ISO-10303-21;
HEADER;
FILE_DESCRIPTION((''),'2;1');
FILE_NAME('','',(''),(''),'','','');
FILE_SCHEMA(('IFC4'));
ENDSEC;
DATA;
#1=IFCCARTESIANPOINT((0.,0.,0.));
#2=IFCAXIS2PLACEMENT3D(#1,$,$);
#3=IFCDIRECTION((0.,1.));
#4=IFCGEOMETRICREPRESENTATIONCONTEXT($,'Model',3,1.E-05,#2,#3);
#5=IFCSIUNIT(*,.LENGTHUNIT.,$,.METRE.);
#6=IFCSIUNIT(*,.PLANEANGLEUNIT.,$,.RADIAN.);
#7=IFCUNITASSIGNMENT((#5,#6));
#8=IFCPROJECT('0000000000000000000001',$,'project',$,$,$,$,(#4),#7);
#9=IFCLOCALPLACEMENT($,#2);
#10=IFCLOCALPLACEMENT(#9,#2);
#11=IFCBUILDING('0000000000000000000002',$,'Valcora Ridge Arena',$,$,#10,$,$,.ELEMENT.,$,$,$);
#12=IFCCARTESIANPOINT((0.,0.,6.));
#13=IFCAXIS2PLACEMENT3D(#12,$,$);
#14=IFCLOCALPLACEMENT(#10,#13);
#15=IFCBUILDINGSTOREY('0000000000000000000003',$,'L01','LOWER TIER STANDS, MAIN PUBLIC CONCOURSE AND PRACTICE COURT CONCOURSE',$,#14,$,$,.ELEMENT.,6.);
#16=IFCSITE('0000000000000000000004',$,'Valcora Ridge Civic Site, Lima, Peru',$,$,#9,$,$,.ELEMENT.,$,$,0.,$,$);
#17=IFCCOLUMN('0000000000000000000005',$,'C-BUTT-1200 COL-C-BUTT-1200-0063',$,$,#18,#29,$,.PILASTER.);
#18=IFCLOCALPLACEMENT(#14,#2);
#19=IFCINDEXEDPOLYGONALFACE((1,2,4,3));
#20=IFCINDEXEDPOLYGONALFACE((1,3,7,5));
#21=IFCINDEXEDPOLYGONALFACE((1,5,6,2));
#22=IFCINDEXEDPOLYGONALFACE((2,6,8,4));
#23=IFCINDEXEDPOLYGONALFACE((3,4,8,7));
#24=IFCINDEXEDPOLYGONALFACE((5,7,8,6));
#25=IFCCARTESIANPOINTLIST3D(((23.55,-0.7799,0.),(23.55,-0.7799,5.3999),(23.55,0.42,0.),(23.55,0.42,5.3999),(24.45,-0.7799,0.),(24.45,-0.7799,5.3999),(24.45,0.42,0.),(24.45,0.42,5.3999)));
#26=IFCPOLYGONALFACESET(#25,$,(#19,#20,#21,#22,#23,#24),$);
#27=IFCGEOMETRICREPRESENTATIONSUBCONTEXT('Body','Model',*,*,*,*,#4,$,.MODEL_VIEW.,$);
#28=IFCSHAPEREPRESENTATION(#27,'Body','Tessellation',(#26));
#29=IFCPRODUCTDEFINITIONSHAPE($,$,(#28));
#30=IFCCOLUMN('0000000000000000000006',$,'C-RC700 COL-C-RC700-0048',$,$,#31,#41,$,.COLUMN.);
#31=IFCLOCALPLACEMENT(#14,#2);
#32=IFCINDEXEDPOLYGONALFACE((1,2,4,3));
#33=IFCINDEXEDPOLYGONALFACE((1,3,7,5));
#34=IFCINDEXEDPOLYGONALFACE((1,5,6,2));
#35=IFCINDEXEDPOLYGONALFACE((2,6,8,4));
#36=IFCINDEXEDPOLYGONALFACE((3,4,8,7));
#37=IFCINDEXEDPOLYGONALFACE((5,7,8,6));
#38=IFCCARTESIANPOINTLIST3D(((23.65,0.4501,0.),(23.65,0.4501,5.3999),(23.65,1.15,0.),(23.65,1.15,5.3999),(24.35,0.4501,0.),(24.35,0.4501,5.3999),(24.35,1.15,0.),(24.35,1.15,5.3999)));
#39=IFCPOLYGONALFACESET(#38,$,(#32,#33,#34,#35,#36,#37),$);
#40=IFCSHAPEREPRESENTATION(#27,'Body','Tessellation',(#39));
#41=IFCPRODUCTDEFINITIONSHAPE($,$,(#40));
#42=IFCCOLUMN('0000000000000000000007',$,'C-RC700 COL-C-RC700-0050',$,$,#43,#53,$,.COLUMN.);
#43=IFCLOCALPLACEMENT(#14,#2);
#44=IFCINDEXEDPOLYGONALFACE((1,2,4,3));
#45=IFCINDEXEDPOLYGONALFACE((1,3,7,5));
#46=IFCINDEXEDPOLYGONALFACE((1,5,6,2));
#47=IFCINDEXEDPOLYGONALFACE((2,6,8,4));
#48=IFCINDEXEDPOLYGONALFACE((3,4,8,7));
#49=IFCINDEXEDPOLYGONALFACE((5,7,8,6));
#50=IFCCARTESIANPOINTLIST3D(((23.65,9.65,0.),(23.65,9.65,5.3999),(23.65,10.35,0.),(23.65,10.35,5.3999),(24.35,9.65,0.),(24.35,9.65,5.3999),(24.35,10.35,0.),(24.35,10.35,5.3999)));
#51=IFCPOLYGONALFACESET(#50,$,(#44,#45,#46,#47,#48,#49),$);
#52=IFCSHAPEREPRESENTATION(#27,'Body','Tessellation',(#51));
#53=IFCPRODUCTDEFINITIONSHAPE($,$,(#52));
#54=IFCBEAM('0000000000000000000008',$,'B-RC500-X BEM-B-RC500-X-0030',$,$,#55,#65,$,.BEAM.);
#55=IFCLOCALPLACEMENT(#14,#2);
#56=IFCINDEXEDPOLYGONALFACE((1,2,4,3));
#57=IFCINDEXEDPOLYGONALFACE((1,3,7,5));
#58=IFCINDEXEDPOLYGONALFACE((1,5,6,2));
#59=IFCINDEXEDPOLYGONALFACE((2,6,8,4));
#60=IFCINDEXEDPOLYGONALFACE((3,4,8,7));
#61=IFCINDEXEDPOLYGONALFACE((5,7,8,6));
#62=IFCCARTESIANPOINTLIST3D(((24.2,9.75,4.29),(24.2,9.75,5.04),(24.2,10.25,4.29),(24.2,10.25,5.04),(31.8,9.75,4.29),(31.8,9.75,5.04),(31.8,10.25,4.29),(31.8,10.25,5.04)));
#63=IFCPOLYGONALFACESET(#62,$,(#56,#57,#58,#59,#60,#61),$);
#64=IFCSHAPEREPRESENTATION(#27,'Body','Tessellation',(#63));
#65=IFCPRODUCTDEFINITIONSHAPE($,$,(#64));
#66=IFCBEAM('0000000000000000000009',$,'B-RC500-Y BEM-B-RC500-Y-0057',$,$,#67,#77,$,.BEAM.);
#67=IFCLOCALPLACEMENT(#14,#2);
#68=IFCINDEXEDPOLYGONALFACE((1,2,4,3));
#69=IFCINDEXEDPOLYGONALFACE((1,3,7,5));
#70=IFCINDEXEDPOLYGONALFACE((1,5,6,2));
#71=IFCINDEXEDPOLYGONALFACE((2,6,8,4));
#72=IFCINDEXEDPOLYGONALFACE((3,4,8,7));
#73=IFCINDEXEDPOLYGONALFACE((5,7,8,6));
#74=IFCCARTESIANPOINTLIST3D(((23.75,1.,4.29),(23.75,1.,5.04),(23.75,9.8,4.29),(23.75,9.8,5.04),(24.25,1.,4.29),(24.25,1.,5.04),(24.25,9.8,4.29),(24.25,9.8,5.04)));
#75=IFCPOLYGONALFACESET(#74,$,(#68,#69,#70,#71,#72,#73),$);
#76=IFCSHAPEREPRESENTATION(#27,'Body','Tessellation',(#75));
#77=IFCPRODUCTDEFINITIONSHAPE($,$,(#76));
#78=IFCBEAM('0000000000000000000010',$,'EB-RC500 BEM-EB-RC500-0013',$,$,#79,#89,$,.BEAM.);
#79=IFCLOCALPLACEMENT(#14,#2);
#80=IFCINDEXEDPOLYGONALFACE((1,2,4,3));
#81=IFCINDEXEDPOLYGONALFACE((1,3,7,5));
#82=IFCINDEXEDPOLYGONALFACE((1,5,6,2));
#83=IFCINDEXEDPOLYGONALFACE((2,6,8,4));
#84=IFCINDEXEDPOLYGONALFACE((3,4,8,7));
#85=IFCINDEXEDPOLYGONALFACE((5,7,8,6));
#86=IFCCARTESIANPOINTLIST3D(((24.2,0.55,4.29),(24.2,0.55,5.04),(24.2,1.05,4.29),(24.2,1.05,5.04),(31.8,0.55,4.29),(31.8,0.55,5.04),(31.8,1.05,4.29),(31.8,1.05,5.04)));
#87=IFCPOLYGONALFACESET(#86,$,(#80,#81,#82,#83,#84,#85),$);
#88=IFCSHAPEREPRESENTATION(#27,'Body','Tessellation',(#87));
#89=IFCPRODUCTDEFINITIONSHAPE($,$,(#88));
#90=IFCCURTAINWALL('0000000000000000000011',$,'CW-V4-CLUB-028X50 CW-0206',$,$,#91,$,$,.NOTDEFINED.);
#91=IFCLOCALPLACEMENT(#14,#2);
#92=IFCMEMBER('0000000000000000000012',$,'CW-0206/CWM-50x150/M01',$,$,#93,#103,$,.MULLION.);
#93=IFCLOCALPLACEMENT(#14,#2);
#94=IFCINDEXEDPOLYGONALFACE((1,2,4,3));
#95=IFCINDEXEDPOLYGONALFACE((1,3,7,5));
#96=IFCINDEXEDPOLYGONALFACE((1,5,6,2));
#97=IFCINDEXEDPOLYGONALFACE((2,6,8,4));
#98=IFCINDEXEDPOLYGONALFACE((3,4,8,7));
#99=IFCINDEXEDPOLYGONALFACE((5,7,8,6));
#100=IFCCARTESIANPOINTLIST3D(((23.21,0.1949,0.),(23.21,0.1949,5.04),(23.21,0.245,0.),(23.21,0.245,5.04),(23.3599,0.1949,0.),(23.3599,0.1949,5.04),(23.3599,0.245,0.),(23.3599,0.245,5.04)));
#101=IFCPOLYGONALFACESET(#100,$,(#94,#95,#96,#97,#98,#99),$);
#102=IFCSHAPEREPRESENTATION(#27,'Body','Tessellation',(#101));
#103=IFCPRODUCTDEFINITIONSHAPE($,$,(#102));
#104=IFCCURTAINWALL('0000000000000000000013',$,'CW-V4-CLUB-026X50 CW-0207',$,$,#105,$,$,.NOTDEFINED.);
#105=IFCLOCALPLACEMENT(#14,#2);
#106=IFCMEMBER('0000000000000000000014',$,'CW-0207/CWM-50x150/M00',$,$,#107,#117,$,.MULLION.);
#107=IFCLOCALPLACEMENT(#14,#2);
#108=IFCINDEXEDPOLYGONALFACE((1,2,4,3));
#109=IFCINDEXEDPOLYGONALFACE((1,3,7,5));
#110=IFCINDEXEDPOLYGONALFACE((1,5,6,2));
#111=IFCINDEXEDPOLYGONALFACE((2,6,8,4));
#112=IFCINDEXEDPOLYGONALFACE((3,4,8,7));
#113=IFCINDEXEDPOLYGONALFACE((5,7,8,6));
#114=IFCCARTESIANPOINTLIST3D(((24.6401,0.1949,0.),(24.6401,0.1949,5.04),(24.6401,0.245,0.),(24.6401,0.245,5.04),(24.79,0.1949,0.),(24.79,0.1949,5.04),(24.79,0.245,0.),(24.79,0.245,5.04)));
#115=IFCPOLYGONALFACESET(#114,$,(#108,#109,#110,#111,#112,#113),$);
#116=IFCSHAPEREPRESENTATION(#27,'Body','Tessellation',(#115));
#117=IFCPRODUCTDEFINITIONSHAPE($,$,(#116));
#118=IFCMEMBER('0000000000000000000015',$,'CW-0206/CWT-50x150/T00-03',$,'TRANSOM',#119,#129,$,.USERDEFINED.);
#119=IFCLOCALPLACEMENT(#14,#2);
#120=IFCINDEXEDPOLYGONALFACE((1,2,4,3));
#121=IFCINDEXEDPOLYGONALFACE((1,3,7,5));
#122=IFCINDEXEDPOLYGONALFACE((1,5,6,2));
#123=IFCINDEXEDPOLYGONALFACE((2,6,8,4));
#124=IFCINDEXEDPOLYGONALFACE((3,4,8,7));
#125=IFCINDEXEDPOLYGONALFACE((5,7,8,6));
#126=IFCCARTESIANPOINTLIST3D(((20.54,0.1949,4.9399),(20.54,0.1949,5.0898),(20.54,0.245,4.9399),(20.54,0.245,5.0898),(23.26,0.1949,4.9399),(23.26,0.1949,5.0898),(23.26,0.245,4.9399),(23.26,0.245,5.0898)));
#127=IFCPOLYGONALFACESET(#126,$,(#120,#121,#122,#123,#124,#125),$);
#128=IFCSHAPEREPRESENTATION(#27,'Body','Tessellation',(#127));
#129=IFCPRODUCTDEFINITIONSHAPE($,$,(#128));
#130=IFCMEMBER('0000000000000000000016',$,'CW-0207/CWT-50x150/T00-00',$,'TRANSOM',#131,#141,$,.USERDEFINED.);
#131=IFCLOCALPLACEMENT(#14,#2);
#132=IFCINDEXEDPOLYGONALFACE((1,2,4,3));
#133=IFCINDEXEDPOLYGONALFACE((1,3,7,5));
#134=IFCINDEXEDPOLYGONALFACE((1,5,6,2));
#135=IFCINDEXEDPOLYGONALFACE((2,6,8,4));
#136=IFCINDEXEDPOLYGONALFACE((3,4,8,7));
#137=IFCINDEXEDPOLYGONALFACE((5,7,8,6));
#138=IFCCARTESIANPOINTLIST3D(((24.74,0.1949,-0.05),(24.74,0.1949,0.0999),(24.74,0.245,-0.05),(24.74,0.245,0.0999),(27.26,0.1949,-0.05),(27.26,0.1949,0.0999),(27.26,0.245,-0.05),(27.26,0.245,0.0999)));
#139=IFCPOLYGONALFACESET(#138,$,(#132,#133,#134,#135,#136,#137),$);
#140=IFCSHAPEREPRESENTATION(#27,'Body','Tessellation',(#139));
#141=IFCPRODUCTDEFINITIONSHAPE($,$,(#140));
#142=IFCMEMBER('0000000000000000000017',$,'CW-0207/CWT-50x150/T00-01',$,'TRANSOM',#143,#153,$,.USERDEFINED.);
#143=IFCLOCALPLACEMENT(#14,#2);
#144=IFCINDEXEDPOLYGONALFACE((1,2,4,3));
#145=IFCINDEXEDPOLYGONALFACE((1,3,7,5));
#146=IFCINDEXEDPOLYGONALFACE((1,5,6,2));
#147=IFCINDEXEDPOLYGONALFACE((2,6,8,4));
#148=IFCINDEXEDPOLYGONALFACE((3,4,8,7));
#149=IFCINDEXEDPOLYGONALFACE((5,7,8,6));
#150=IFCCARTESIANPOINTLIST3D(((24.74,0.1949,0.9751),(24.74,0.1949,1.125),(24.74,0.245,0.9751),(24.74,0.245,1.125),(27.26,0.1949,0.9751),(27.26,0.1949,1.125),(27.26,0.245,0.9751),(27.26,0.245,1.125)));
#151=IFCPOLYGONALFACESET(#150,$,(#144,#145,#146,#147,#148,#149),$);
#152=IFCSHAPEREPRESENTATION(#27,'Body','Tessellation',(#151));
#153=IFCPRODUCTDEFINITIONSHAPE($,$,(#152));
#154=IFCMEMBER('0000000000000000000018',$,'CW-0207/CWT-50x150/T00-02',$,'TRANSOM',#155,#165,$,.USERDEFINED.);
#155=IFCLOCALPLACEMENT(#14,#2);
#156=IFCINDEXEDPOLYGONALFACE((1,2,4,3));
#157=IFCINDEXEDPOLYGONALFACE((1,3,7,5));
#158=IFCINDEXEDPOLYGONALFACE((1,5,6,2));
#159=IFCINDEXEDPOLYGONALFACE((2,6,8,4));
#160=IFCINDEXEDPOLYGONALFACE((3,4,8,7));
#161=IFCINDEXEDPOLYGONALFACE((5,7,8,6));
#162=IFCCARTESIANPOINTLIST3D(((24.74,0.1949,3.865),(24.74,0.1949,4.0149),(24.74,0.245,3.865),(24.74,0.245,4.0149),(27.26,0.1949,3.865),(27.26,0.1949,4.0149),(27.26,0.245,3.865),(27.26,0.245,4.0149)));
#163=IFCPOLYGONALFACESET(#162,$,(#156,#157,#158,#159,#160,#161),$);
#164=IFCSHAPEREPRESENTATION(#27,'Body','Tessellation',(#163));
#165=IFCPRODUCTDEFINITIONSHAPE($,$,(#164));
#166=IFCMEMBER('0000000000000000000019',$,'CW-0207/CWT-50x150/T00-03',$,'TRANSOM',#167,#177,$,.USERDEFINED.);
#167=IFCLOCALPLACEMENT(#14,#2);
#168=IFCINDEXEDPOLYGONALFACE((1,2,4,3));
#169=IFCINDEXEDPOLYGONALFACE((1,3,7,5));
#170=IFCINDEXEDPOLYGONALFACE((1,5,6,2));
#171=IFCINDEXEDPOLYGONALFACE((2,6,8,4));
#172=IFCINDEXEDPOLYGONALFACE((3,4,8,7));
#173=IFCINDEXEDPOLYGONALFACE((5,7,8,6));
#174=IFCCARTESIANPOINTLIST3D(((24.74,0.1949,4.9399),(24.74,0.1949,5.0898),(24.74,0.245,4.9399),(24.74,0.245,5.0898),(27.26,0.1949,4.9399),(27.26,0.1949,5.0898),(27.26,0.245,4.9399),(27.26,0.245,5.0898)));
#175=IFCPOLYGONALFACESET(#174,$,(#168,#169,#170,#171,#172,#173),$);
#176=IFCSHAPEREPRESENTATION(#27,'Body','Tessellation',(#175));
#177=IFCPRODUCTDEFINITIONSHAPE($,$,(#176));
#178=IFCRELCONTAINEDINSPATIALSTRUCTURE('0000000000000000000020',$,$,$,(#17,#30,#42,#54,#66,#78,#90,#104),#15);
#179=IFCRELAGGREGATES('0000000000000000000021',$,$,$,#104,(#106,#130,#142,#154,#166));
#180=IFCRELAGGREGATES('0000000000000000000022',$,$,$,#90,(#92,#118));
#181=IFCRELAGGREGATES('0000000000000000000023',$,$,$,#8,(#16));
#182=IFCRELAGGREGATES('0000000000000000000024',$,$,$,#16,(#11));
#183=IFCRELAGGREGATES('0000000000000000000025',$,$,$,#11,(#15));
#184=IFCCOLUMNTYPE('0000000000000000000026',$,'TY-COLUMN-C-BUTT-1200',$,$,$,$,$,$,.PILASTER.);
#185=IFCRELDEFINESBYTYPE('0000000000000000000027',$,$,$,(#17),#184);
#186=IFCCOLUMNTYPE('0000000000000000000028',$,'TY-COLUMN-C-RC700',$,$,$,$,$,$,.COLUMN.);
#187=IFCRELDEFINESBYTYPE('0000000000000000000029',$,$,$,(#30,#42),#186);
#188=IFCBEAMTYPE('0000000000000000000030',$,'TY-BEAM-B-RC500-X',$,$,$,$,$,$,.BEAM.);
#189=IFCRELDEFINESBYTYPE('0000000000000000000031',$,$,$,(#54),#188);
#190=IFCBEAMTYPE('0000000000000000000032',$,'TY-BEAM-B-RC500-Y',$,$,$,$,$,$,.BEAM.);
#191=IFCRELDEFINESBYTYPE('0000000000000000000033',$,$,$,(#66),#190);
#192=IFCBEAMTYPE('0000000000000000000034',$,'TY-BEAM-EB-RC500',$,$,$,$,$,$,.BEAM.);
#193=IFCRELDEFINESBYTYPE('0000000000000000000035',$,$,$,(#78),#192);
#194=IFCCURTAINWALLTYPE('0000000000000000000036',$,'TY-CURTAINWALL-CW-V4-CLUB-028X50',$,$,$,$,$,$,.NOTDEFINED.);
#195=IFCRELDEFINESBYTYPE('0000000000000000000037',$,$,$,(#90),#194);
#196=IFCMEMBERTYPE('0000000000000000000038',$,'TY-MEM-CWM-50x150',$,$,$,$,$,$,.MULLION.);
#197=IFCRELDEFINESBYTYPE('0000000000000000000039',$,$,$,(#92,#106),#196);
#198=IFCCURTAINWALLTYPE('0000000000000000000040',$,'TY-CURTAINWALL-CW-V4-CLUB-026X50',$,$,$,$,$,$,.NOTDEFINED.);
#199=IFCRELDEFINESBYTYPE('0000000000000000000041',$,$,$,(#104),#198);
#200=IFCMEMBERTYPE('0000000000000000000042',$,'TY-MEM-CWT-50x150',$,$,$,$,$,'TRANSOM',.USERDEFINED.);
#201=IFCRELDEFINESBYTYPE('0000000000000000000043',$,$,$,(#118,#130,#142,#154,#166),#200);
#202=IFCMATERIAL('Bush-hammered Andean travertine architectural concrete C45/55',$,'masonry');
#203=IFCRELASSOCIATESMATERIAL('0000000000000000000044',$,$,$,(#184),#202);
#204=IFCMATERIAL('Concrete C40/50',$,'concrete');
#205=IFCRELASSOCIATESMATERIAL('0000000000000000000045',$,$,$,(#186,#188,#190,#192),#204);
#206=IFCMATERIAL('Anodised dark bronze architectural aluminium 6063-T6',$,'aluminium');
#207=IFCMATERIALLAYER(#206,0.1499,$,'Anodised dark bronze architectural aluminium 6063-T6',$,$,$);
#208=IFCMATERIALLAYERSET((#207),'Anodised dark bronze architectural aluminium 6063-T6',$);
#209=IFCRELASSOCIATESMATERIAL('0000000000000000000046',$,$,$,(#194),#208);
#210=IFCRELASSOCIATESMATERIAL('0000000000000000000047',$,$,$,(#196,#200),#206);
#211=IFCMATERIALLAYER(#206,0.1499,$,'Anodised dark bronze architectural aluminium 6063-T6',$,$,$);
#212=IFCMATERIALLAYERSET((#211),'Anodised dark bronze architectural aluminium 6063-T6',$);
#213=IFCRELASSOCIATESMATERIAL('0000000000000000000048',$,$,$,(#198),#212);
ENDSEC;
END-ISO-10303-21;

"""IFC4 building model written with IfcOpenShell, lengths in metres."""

from ifc_helpers import new_model, si_unit, direction, frame, origin, origin_2d, place, context, subcontext, project, spatial, rectangle, extrude, material, layer, layer_set, material_profile, profile_set, type_object, element, aggregate, save


model = new_model("IFC4")

# Units and contexts
model_context = context("Model", 3, precision=1e-05, world=origin(), true_north=direction((0.0, 1.0)))
body_context = subcontext(model_context, "Body", "Model", "MODEL_VIEW")
ifc_project = project(units=[si_unit("LENGTHUNIT", "METRE"), si_unit("PLANEANGLEUNIT", "RADIAN")], contexts=[model_context])

# Site, building, storey
site_placement = place(None, origin())
site = spatial("IfcSite", under=ifc_project, at=site_placement, Name="Valcora Ridge Civic Site, Lima, Peru", CompositionType="ELEMENT", RefElevation=0.0)
building_placement = place(site_placement, origin())
building = spatial("IfcBuilding", under=site, at=building_placement, Name="Valcora Ridge Arena", CompositionType="ELEMENT")
storey_placement = place(building_placement, frame((0.0, 0.0, 6.0)))
storey = spatial("IfcBuildingStorey", under=building, at=storey_placement, Name="L01", Description="LOWER TIER STANDS, MAIN PUBLIC CONCOURSE AND PRACTICE COURT CONCOURSE", CompositionType="ELEMENT", Elevation=6.0)

# Columns
ifc_material_1 = material(Name="Bush-hammered Andean travertine architectural concrete C45/55", Category="masonry")
ifc_material_profile_1 = material_profile(ifc_material_1, rectangle(XDim=0.8999, YDim=1.2, at=origin_2d()), Name="RC 900x1200")
ifc_profile_set_1 = profile_set([ifc_material_profile_1], Name="Bush-hammered Andean travertine architectural concrete C45/55")
column_type_1 = type_object("IfcColumnType", Name="TY-COLUMN-C-BUTT-1200", PredefinedType="PILASTER", material=ifc_profile_set_1)
column_placement = place(storey_placement, frame((24.0, -0.1799, 0.0), z_axis=(0.0, 0.0, 1.0), x_axis=(1.0, 0.0, 0.0)))
element("IfcColumn", 1, at=column_placement, inside=storey, type_object=column_type_1, Name="C-BUTT-1200 COL-C-BUTT-1200-0063", PredefinedType="PILASTER", context=body_context, shape_type="SweptSolid", body=[
    extrude(rectangle(XDim=0.8999, YDim=1.2, at=origin_2d()), origin(), (0.0, 0.0, 1.0), 5.3999),
])
ifc_material_2 = material(Name="Concrete C40/50", Category="concrete")
ifc_material_profile_2 = material_profile(ifc_material_2, rectangle(XDim=0.7, YDim=0.7, at=origin_2d()), Name="RC 700x700")
ifc_profile_set_2 = profile_set([ifc_material_profile_2], Name="Concrete C40/50")
column_type_2 = type_object("IfcColumnType", Name="TY-COLUMN-C-RC700", PredefinedType="COLUMN", material=ifc_profile_set_2)
for number, where, z_axis, x_axis, name in (
    (2, (24.0, 0.8, 0.0), (0.0, 0.0, 1.0), (1.0, 0.0, 0.0), "C-RC700 COL-C-RC700-0048"),
    (3, (24.0, 10.0, 0.0), (0.0, 0.0, 1.0), (1.0, 0.0, 0.0), "C-RC700 COL-C-RC700-0050"),
):
    element("IfcColumn", number, at=place(storey_placement, frame(where, z_axis=z_axis, x_axis=x_axis)), inside=storey, type_object=column_type_2, Name=name, PredefinedType="COLUMN", context=body_context, shape_type="SweptSolid", body=[
        extrude(rectangle(XDim=0.7, YDim=0.7, at=origin_2d()), origin(), (0.0, 0.0, 1.0), 5.3999),
    ])

# Beams
ifc_material_profile_3 = material_profile(ifc_material_2, rectangle(XDim=0.5, YDim=0.75, at=origin_2d()), Name="RC 500x750")
ifc_profile_set_3 = profile_set([ifc_material_profile_3], Name="Concrete C40/50")
beam_type_1 = type_object("IfcBeamType", Name="TY-BEAM-B-RC500-X", PredefinedType="BEAM", material=ifc_profile_set_3)
beam_1_placement = place(storey_placement, frame((24.2, 10.0, 4.665), z_axis=(1.0, 0.0, 0.0), x_axis=(0.0, 1.0, 0.0)))
element("IfcBeam", 4, at=beam_1_placement, inside=storey, type_object=beam_type_1, Name="B-RC500-X BEM-B-RC500-X-0030", PredefinedType="BEAM", context=body_context, shape_type="SweptSolid", body=[
    extrude(rectangle(XDim=0.5, YDim=0.75, at=origin_2d()), origin(), (0.0, 0.0, 1.0), 7.6001),
])
ifc_material_profile_4 = material_profile(ifc_material_2, rectangle(XDim=0.5, YDim=0.75, at=origin_2d()), Name="RC 500x750")
ifc_profile_set_4 = profile_set([ifc_material_profile_4], Name="Concrete C40/50")
beam_type_2 = type_object("IfcBeamType", Name="TY-BEAM-B-RC500-Y", PredefinedType="BEAM", material=ifc_profile_set_4)
beam_2_placement = place(storey_placement, frame((24.0, 1.0, 4.665), z_axis=(0.0, 1.0, 0.0), x_axis=(-1.0, 0.0, 0.0)))
element("IfcBeam", 5, at=beam_2_placement, inside=storey, type_object=beam_type_2, Name="B-RC500-Y BEM-B-RC500-Y-0057", PredefinedType="BEAM", context=body_context, shape_type="SweptSolid", body=[
    extrude(rectangle(XDim=0.5, YDim=0.75, at=origin_2d()), origin(), (0.0, 0.0, 1.0), 8.8),
])
ifc_material_profile_5 = material_profile(ifc_material_2, rectangle(XDim=0.5, YDim=0.75, at=origin_2d()), Name="RC 500x750")
ifc_profile_set_5 = profile_set([ifc_material_profile_5], Name="Concrete C40/50")
beam_type_3 = type_object("IfcBeamType", Name="TY-BEAM-EB-RC500", PredefinedType="BEAM", material=ifc_profile_set_5)
beam_3_placement = place(storey_placement, frame((24.2, 0.8, 4.665), z_axis=(1.0, 0.0, 0.0), x_axis=(0.0, 1.0, 0.0)))
element("IfcBeam", 6, at=beam_3_placement, inside=storey, type_object=beam_type_3, Name="EB-RC500 BEM-EB-RC500-0013", PredefinedType="BEAM", context=body_context, shape_type="SweptSolid", body=[
    extrude(rectangle(XDim=0.5, YDim=0.75, at=origin_2d()), origin(), (0.0, 0.0, 1.0), 7.6001),
])

# Curtain walls, members
ifc_material_3 = material(Name="Anodised dark bronze architectural aluminium 6063-T6", Category="aluminium")
ifc_layer_1 = layer(ifc_material_3, 0.1499, Name="Anodised dark bronze architectural aluminium 6063-T6")
ifc_layer_set_1 = layer_set([ifc_layer_1], Name="Anodised dark bronze architectural aluminium 6063-T6")
curtain_wall_type_1 = type_object("IfcCurtainWallType", Name="TY-CURTAINWALL-CW-V4-CLUB-028X50", PredefinedType="NOTDEFINED", material=ifc_layer_set_1)
curtain_wall_1_placement = place(storey_placement, origin())
curtain_wall_1 = element("IfcCurtainWall", 7, at=curtain_wall_1_placement, inside=storey, type_object=curtain_wall_type_1, Name="CW-V4-CLUB-028X50 CW-0206", PredefinedType="NOTDEFINED")
ifc_material_profile_6 = material_profile(ifc_material_3, rectangle(XDim=0.05, YDim=0.1499, at=origin_2d()), Name="ALU MULLION 50x150")
ifc_profile_set_6 = profile_set([ifc_material_profile_6], Name="Anodised dark bronze architectural aluminium 6063-T6")
member_type_1 = type_object("IfcMemberType", Name="TY-MEM-CWM-50x150", PredefinedType="MULLION", material=ifc_profile_set_6)
member_1_placement = place(storey_placement, frame((23.2849, 0.22, 0.0), z_axis=(0.0, 0.0, 1.0), x_axis=(0.0, 1.0, 0.0)))
member_1 = element("IfcMember", 8, at=member_1_placement, type_object=member_type_1, Name="CW-0206/CWM-50x150/M01", PredefinedType="MULLION", context=body_context, shape_type="SweptSolid", body=[
    extrude(rectangle(XDim=0.05, YDim=0.1499, at=origin_2d()), origin(), (0.0, 0.0, 1.0), 5.04),
])
ifc_layer_2 = layer(ifc_material_3, 0.1499, Name="Anodised dark bronze architectural aluminium 6063-T6")
ifc_layer_set_2 = layer_set([ifc_layer_2], Name="Anodised dark bronze architectural aluminium 6063-T6")
curtain_wall_type_2 = type_object("IfcCurtainWallType", Name="TY-CURTAINWALL-CW-V4-CLUB-026X50", PredefinedType="NOTDEFINED", material=ifc_layer_set_2)
curtain_wall_2_placement = place(storey_placement, origin())
curtain_wall_2 = element("IfcCurtainWall", 9, at=curtain_wall_2_placement, inside=storey, type_object=curtain_wall_type_2, Name="CW-V4-CLUB-026X50 CW-0207", PredefinedType="NOTDEFINED")
member_2_placement = place(storey_placement, frame((24.7151, 0.22, 0.0), z_axis=(0.0, 0.0, 1.0), x_axis=(0.0, 1.0, 0.0)))
member_2 = element("IfcMember", 10, at=member_2_placement, type_object=member_type_1, Name="CW-0207/CWM-50x150/M00", PredefinedType="MULLION", context=body_context, shape_type="SweptSolid", body=[
    extrude(rectangle(XDim=0.05, YDim=0.1499, at=origin_2d()), origin(), (0.0, 0.0, 1.0), 5.04),
])

# Members
ifc_material_profile_7 = material_profile(ifc_material_3, rectangle(XDim=0.05, YDim=0.1499, at=origin_2d()), Name="ALU TRANSOM 50x150")
ifc_profile_set_7 = profile_set([ifc_material_profile_7], Name="Anodised dark bronze architectural aluminium 6063-T6")
member_type_2 = type_object("IfcMemberType", Name="TY-MEM-CWT-50x150", ElementType="TRANSOM", PredefinedType="USERDEFINED", material=ifc_profile_set_7)
member_3_placement = place(storey_placement, frame((20.54, 0.22, 5.0149), z_axis=(1.0, 0.0, 0.0), x_axis=(0.0, 1.0, 0.0)))
member_3 = element("IfcMember", 11, at=member_3_placement, type_object=member_type_2, Name="CW-0206/CWT-50x150/T00-03", ObjectType="TRANSOM", PredefinedType="USERDEFINED", context=body_context, shape_type="SweptSolid", body=[
    extrude(rectangle(XDim=0.05, YDim=0.1499, at=origin_2d()), origin(), (0.0, 0.0, 1.0), 2.72),
])
member_4_placement = place(storey_placement, frame((24.74, 0.22, 0.0249), z_axis=(1.0, 0.0, 0.0), x_axis=(0.0, 1.0, 0.0)))
member_4 = element("IfcMember", 12, at=member_4_placement, type_object=member_type_2, Name="CW-0207/CWT-50x150/T00-00", ObjectType="TRANSOM", PredefinedType="USERDEFINED", context=body_context, shape_type="SweptSolid", body=[
    extrude(rectangle(XDim=0.05, YDim=0.1499, at=origin_2d()), origin(), (0.0, 0.0, 1.0), 2.52),
])
member_5_placement = place(storey_placement, frame((24.74, 0.22, 1.05), z_axis=(1.0, 0.0, 0.0), x_axis=(0.0, 1.0, 0.0)))
member_5 = element("IfcMember", 13, at=member_5_placement, type_object=member_type_2, Name="CW-0207/CWT-50x150/T00-01", ObjectType="TRANSOM", PredefinedType="USERDEFINED", context=body_context, shape_type="SweptSolid", body=[
    extrude(rectangle(XDim=0.05, YDim=0.1499, at=origin_2d()), origin(), (0.0, 0.0, 1.0), 2.52),
])
member_6_placement = place(storey_placement, frame((24.74, 0.22, 3.9399), z_axis=(1.0, 0.0, 0.0), x_axis=(0.0, 1.0, 0.0)))
member_6 = element("IfcMember", 14, at=member_6_placement, type_object=member_type_2, Name="CW-0207/CWT-50x150/T00-02", ObjectType="TRANSOM", PredefinedType="USERDEFINED", context=body_context, shape_type="SweptSolid", body=[
    extrude(rectangle(XDim=0.05, YDim=0.1499, at=origin_2d()), origin(), (0.0, 0.0, 1.0), 2.52),
])
member_7_placement = place(storey_placement, frame((24.74, 0.22, 5.0149), z_axis=(1.0, 0.0, 0.0), x_axis=(0.0, 1.0, 0.0)))
member_7 = element("IfcMember", 15, at=member_7_placement, type_object=member_type_2, Name="CW-0207/CWT-50x150/T00-03", ObjectType="TRANSOM", PredefinedType="USERDEFINED", context=body_context, shape_type="SweptSolid", body=[
    extrude(rectangle(XDim=0.05, YDim=0.1499, at=origin_2d()), origin(), (0.0, 0.0, 1.0), 2.52),
])

aggregate(curtain_wall_2, [member_2, member_4, member_5, member_6, member_7])
aggregate(curtain_wall_1, [member_1, member_3])

save(model, "model.ifc")
